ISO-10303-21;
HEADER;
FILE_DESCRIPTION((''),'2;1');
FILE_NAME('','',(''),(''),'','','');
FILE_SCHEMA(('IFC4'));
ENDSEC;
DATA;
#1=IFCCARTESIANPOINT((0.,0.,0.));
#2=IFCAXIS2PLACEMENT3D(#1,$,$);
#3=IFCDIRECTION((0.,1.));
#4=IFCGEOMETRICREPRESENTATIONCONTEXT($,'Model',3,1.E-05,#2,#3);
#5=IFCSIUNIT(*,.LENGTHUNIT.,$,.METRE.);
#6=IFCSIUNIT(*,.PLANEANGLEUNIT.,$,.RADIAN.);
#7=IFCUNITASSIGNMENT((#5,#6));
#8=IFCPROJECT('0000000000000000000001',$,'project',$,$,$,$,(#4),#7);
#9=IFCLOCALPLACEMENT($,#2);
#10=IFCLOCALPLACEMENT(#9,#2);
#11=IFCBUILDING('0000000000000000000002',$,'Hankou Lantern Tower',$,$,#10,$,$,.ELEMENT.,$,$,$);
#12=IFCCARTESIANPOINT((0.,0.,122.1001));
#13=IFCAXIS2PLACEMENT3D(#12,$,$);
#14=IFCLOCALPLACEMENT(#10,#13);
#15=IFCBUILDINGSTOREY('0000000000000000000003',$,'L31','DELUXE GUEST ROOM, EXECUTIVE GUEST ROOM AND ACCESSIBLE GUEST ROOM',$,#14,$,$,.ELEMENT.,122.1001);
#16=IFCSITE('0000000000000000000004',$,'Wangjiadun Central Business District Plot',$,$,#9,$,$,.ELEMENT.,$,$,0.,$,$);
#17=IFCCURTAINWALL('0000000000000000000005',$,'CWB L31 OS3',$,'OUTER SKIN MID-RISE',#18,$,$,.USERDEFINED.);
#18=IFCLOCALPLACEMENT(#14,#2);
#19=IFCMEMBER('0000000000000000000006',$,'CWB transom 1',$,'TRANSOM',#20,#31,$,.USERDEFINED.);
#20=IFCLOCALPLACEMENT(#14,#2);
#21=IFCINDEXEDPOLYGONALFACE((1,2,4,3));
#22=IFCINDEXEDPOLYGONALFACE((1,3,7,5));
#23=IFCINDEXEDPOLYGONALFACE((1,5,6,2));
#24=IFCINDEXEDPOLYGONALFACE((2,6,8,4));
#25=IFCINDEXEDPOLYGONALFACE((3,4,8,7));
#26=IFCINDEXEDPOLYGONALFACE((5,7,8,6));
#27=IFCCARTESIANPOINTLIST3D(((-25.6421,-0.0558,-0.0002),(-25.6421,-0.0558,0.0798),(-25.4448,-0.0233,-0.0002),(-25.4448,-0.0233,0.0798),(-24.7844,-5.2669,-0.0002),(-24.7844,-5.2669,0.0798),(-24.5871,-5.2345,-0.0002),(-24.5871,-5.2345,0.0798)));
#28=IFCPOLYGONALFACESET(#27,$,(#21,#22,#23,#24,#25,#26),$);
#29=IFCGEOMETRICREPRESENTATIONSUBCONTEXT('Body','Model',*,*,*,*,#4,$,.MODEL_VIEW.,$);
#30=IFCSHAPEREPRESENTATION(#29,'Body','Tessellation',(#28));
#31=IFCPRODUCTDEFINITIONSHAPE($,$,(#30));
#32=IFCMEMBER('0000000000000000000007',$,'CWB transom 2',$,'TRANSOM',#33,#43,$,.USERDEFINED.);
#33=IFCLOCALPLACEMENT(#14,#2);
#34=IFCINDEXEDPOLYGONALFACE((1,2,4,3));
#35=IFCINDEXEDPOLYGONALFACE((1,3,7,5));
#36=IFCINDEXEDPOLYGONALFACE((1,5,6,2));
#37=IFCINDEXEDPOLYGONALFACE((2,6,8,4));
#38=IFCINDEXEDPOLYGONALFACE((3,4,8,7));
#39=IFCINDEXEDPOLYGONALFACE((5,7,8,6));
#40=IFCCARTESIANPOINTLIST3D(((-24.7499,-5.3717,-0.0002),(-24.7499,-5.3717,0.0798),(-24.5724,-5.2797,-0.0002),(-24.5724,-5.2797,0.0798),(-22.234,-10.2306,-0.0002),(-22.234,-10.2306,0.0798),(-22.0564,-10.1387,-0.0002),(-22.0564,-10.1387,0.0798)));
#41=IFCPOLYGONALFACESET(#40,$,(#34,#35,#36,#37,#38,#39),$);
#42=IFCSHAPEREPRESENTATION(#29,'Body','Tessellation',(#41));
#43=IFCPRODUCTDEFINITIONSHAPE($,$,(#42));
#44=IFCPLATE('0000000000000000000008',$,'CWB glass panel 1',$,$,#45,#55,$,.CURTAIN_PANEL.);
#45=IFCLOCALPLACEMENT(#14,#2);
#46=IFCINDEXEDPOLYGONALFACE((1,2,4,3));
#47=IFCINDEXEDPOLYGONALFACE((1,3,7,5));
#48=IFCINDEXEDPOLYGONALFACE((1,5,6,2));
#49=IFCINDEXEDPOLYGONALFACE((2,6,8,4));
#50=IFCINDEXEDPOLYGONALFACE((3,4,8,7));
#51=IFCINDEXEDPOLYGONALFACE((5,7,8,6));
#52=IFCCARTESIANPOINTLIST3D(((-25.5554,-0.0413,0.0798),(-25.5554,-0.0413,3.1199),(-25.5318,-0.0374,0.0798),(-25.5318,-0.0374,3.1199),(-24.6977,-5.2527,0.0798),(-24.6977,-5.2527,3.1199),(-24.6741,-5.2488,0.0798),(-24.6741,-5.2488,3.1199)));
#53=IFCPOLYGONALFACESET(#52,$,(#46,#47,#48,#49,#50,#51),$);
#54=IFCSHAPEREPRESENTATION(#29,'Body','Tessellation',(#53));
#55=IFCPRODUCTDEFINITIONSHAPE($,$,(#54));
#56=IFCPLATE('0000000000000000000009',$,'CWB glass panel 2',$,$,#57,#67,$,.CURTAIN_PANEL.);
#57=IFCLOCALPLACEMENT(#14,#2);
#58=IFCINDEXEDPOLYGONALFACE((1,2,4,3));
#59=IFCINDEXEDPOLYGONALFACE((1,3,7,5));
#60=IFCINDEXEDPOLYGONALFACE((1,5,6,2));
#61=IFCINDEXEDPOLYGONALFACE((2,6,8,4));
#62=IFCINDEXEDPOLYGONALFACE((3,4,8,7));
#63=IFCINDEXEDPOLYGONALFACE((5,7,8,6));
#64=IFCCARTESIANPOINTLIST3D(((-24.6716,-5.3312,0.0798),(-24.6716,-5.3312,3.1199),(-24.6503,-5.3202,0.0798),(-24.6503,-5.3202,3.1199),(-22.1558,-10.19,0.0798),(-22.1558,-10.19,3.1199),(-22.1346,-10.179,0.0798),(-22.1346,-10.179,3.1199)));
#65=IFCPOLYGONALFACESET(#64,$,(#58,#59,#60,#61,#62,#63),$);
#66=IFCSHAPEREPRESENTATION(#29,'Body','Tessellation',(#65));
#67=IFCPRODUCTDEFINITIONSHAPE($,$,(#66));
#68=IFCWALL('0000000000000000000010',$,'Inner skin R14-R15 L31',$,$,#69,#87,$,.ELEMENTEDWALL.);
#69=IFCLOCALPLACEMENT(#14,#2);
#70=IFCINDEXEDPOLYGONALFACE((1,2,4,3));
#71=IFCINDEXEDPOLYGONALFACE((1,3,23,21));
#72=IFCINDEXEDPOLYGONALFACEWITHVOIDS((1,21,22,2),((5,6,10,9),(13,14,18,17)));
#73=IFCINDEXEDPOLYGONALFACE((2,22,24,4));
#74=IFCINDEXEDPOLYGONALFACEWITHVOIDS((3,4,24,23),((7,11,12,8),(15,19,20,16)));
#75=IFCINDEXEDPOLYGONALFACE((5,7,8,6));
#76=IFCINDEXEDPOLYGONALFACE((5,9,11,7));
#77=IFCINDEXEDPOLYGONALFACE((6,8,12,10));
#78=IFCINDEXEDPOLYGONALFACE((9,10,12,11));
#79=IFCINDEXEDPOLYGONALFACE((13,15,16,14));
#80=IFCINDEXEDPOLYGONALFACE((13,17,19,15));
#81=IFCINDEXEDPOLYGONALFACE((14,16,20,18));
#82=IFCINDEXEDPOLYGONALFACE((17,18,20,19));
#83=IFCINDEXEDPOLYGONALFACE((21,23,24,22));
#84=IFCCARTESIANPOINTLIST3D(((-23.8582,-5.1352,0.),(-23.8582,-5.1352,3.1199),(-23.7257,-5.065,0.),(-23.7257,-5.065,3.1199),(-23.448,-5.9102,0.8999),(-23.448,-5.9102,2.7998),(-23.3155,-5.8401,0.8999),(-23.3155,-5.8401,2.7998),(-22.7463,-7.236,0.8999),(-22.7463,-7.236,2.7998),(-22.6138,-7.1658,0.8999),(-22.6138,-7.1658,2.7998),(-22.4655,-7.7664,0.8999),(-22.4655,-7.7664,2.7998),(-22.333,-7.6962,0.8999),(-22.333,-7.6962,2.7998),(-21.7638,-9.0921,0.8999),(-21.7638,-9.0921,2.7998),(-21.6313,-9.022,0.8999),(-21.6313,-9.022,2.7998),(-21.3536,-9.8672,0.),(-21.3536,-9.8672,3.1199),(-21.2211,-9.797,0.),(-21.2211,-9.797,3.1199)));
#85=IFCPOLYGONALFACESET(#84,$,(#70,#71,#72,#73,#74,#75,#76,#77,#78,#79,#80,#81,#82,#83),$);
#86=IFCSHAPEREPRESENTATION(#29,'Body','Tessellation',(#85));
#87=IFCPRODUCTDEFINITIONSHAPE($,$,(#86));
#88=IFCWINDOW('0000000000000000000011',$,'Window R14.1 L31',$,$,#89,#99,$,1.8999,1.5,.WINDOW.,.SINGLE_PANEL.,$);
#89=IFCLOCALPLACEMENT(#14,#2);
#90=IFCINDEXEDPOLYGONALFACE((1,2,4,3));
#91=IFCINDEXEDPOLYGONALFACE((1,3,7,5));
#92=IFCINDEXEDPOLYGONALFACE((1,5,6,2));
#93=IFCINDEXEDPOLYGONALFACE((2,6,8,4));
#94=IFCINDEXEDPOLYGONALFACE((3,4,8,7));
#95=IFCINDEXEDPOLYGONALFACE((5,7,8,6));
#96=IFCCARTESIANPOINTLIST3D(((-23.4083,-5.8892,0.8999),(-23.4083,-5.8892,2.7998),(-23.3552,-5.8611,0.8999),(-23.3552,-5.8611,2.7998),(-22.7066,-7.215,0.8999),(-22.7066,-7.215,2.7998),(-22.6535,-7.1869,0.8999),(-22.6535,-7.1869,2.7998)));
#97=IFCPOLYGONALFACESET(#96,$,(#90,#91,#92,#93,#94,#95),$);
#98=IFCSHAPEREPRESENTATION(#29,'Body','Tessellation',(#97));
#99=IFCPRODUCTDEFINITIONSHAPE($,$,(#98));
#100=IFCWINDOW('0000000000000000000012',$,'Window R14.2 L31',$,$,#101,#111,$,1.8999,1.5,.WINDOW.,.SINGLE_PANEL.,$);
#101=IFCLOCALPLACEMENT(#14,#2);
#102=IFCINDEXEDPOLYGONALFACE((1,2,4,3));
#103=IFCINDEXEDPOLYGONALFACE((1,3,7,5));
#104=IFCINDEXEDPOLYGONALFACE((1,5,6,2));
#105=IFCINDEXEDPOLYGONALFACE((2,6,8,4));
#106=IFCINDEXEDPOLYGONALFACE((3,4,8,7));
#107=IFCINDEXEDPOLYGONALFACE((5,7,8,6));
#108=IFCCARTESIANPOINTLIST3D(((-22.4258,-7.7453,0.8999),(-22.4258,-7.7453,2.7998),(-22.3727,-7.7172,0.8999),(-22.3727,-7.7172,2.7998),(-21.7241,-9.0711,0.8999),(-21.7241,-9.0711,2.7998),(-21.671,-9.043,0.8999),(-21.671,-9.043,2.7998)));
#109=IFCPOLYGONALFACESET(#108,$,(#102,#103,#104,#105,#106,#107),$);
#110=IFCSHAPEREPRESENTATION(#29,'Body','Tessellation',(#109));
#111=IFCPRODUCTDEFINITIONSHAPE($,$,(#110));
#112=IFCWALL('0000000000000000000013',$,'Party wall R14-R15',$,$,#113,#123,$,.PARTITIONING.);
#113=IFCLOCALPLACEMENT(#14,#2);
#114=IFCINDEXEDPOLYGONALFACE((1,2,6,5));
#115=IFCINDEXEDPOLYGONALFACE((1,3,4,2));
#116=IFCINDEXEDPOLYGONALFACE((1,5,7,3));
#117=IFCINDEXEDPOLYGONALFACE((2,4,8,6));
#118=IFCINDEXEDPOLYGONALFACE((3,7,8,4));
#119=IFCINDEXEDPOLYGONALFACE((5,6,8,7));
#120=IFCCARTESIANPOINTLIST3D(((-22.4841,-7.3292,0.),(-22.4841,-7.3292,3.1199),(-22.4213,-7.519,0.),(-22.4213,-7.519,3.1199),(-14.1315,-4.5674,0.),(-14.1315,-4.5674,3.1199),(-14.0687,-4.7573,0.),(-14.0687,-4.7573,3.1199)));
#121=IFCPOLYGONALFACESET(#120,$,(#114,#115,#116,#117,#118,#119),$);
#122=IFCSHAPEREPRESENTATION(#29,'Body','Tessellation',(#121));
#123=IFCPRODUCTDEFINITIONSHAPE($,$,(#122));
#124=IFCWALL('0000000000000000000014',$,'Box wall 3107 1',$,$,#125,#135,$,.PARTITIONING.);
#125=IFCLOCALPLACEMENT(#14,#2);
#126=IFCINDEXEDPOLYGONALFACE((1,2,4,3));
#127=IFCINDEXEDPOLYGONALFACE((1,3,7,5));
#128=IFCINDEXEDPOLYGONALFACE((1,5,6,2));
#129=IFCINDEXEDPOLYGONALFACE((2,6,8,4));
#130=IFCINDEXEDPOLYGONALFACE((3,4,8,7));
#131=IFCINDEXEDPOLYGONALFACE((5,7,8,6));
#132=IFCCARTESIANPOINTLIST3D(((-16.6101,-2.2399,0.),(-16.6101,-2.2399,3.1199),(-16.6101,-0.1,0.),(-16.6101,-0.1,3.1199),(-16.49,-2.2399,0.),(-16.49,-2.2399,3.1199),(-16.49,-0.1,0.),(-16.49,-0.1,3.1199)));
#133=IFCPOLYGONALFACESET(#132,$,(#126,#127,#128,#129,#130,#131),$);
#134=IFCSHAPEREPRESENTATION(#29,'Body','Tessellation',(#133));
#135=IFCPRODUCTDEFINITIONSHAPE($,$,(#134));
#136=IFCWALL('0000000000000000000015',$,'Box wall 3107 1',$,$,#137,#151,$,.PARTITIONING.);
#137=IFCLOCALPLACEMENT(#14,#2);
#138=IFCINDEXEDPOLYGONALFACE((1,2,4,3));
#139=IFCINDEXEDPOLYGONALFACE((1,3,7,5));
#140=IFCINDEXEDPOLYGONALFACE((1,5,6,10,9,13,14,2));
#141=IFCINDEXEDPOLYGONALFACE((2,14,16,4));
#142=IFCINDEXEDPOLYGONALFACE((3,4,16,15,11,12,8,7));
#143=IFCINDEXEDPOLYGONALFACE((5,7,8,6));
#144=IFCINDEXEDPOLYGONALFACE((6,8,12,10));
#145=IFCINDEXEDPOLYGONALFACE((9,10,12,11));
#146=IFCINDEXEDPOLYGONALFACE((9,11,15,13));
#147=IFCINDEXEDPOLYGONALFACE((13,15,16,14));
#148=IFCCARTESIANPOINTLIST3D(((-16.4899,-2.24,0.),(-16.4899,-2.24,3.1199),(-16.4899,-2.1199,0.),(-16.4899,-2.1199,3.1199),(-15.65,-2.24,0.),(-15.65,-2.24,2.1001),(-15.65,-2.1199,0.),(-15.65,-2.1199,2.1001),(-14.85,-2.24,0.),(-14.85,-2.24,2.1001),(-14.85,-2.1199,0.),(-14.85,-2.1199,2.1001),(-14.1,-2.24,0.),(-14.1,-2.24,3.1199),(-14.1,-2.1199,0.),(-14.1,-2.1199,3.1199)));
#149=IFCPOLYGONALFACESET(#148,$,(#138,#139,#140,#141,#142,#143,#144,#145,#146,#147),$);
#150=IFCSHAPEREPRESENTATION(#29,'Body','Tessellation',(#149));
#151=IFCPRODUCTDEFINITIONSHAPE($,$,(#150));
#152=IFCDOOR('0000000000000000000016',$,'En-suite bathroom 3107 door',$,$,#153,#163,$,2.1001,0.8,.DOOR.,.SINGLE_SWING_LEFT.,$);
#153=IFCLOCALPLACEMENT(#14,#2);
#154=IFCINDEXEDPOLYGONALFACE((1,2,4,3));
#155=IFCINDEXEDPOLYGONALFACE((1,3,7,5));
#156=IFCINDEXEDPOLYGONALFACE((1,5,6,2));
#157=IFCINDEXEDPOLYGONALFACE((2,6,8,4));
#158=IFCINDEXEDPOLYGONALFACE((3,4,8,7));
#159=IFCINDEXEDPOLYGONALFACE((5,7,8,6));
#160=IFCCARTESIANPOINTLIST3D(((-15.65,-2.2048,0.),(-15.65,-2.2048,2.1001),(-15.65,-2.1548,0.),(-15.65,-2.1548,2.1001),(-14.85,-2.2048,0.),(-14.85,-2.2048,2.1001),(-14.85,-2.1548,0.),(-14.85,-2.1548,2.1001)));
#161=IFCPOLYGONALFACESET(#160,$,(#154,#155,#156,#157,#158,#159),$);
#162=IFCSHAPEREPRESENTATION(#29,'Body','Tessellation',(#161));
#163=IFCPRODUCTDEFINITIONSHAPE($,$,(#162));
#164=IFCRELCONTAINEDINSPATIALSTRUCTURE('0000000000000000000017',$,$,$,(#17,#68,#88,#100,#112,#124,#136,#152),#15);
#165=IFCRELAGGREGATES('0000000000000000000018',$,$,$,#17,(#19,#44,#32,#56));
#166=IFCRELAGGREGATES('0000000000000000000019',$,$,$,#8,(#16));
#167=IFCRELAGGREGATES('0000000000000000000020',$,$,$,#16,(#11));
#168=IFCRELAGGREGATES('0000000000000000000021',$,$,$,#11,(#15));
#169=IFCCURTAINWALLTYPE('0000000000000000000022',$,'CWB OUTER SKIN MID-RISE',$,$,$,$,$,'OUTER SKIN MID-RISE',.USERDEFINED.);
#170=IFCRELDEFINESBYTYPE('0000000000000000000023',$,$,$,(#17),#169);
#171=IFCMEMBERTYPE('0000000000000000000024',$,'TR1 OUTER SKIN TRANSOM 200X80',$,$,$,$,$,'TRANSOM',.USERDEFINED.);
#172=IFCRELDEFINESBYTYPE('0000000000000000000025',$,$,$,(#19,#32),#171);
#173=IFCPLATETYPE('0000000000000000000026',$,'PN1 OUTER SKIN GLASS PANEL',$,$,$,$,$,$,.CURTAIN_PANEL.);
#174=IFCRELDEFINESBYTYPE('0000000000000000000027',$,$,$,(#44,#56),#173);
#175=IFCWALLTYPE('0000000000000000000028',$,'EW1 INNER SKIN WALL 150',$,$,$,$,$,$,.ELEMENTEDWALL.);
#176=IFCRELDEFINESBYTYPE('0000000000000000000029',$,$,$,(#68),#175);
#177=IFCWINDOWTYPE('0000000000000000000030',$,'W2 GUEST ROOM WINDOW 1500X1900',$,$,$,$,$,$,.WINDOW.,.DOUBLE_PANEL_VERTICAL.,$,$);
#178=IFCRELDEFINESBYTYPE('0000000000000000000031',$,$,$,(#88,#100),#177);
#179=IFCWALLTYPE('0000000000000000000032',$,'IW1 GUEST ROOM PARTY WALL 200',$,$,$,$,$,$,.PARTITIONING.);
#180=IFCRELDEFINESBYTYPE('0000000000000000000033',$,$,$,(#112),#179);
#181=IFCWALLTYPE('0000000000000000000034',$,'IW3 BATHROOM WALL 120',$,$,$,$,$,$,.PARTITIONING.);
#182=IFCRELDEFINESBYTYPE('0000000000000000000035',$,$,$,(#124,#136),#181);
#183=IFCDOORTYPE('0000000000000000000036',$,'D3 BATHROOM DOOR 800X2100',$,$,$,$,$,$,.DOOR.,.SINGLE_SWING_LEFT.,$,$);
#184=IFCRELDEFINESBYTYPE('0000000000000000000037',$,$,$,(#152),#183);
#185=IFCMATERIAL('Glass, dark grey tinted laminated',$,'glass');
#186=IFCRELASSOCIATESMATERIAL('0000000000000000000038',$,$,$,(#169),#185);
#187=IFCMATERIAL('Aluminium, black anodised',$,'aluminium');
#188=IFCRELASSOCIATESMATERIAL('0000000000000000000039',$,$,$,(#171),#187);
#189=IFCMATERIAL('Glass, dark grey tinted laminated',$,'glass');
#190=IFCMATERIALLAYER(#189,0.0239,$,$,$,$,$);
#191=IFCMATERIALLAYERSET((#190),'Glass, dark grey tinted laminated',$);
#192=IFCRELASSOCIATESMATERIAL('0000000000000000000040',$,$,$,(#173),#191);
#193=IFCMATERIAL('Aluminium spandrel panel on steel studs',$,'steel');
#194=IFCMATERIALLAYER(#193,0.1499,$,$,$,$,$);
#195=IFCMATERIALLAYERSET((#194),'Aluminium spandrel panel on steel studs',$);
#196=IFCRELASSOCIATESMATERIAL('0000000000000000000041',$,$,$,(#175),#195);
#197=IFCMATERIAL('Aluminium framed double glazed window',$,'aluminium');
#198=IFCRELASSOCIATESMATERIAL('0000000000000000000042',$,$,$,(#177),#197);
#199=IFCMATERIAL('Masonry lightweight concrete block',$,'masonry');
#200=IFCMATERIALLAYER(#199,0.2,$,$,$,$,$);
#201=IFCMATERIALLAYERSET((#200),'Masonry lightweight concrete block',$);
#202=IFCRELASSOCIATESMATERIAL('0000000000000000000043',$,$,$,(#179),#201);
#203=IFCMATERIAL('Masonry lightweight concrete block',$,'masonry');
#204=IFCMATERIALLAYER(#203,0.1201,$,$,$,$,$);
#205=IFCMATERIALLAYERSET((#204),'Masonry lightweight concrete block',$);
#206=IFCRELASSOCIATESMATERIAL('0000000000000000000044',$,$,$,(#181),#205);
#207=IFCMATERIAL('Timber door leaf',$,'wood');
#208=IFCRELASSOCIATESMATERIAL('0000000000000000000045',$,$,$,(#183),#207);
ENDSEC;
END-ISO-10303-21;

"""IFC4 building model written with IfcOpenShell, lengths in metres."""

from ifc_helpers import new_model, si_unit, direction, frame, frame_2d, origin, origin_2d, place, context, subcontext, project, spatial, rectangle, extrude, material, layer, layer_set, material_profile, profile_set, type_object, element, fill, aggregate, save


model = new_model("IFC4")

# Units and contexts
model_context = context("Model", 3, precision=1e-05, world=origin(), true_north=direction((0.0, 1.0)))
body_context = subcontext(model_context, "Body", "Model", "MODEL_VIEW")
ifc_project = project(units=[si_unit("LENGTHUNIT", "METRE"), si_unit("PLANEANGLEUNIT", "RADIAN")], contexts=[model_context])

# Site, building, storey
site_placement = place(None, origin())
site = spatial("IfcSite", under=ifc_project, at=site_placement, Name="Wangjiadun Central Business District Plot", CompositionType="ELEMENT", RefElevation=0.0)
building_placement = place(site_placement, origin())
building = spatial("IfcBuilding", under=site, at=building_placement, Name="Hankou Lantern Tower", CompositionType="ELEMENT")
storey_placement = place(building_placement, frame((0.0, 0.0, 122.1001)))
storey = spatial("IfcBuildingStorey", under=building, at=storey_placement, Name="L31", Description="DELUXE GUEST ROOM, EXECUTIVE GUEST ROOM AND ACCESSIBLE GUEST ROOM", CompositionType="ELEMENT", Elevation=122.1001)

# Curtain wall
ifc_material_1 = material(Name="Glass, dark grey tinted laminated", Category="glass")
curtain_wall_type = type_object("IfcCurtainWallType", Name="CWB OUTER SKIN MID-RISE", ElementType="OUTER SKIN MID-RISE", PredefinedType="USERDEFINED", material=ifc_material_1)
curtain_wall_placement = place(storey_placement, origin())
curtain_wall = element("IfcCurtainWall", 1, at=curtain_wall_placement, inside=storey, type_object=curtain_wall_type, Name="CWB L31 OS3", ObjectType="OUTER SKIN MID-RISE", PredefinedType="USERDEFINED")

# Members
ifc_material_2 = material(Name="Aluminium, black anodised", Category="aluminium")
ifc_material_profile_1 = material_profile(ifc_material_2, rectangle(XDim=0.2, YDim=0.0801, at=origin_2d()), Name="TR1 200X80")
ifc_profile_set_1 = profile_set([ifc_material_profile_1], Name="Aluminium, black anodised")
member_type_1 = type_object("IfcMemberType", Name="TR1 OUTER SKIN TRANSOM 200X80", ElementType="TRANSOM", PredefinedType="USERDEFINED", material=ifc_profile_set_1)
member_1_placement = place(storey_placement, frame((-25.5435, -0.0396, 0.0398), z_axis=(0.162397, -0.986725, 0.0), x_axis=(0.986725, 0.162397, 0.0)))
member_1 = element("IfcMember", 2, at=member_1_placement, type_object=member_type_1, Name="CWB transom 1", ObjectType="TRANSOM", PredefinedType="USERDEFINED", context=body_context, shape_type="SweptSolid", body=[
    extrude(rectangle(XDim=0.2, YDim=0.0801, at=origin_2d()), origin(), (0.0, 0.0, 1.0), 5.2812),
])
member_2_placement = place(storey_placement, frame((-24.6611, -5.3257, 0.0398), z_axis=(0.459805, -0.88802, 0.0), x_axis=(0.88802, 0.459805, 0.0)))
member_2 = element("IfcMember", 3, at=member_2_placement, type_object=member_type_1, Name="CWB transom 2", ObjectType="TRANSOM", PredefinedType="USERDEFINED", context=body_context, shape_type="SweptSolid", body=[
    extrude(rectangle(XDim=0.2, YDim=0.0801, at=origin_2d()), origin(), (0.0, 0.0, 1.0), 5.4717),
])

# Plates
ifc_material_3 = material(Name="Glass, dark grey tinted laminated", Category="glass")
ifc_layer_1 = layer(ifc_material_3, 0.0239)
ifc_layer_set_1 = layer_set([ifc_layer_1], Name="Glass, dark grey tinted laminated")
plate_type = type_object("IfcPlateType", Name="PN1 OUTER SKIN GLASS PANEL", PredefinedType="CURTAIN_PANEL", material=ifc_layer_set_1)
plate_1_placement = place(storey_placement, frame((-25.1147, -2.645, 0.0798), z_axis=(0.0, 0.0, 1.0), x_axis=(0.162382, -0.986728, 0.0)))
plate_1 = element("IfcPlate", 4, at=plate_1_placement, type_object=plate_type, Name="CWB glass panel 1", PredefinedType="CURTAIN_PANEL", context=body_context, shape_type="SweptSolid", body=[
    extrude(rectangle(XDim=5.2815, YDim=0.0239, at=origin_2d()), origin(), (0.0, 0.0, 1.0), 3.04),
])
plate_2_placement = place(storey_placement, frame((-23.4031, -7.7551, 0.0798), z_axis=(0.0, 0.0, 1.0), x_axis=(0.459791, -0.888027, 0.0)))
plate_2 = element("IfcPlate", 5, at=plate_2_placement, type_object=plate_type, Name="CWB glass panel 2", PredefinedType="CURTAIN_PANEL", context=body_context, shape_type="SweptSolid", body=[
    extrude(rectangle(XDim=5.4714, YDim=0.0239, at=origin_2d()), origin(), (0.0, 0.0, 1.0), 3.04),
])
aggregate(curtain_wall, [member_1, plate_1, member_2, plate_2])

# Wall, openings, windows
ifc_material_4 = material(Name="Aluminium spandrel panel on steel studs", Category="steel")
ifc_layer_2 = layer(ifc_material_4, 0.1499)
ifc_layer_set_2 = layer_set([ifc_layer_2], Name="Aluminium spandrel panel on steel studs")
wall_type_1 = type_object("IfcWallType", Name="EW1 INNER SKIN WALL 150", PredefinedType="ELEMENTEDWALL", material=ifc_layer_set_2)
wall_1_placement = place(storey_placement, frame((-23.792, -5.1001, 0.0), z_axis=(0.0, 0.0, 1.0), x_axis=(0.467814, -0.883827, 0.0)))
wall_1 = element("IfcWall", 6, at=wall_1_placement, inside=storey, type_object=wall_type_1, Name="Inner skin R14-R15 L31", PredefinedType="ELEMENTEDWALL", context=body_context, shape_type="SweptSolid", body=[
    extrude(rectangle(XDim=5.354, YDim=0.1499, at=frame_2d((2.677, 0.0))), origin(), (0.0, 0.0, 1.0), 3.1199),
])
opening_1_placement = place(wall_1_placement, frame((0.877, 0.0, 0.8999)))
opening_1 = element("IfcOpeningElement", 7, at=opening_1_placement, cuts=wall_1, PredefinedType="OPENING", context=body_context, shape_type="SweptSolid", body=[
    extrude(rectangle(XDim=1.5, YDim=1.8999, at=frame_2d((0.75, 0.95))), frame((0.0, 0.085, 0.0), z_axis=(0.0, -1.0, 0.0), x_axis=(1.0, 0.0, 0.0)), (0.0, 0.0, 1.0), 0.1699),
])
opening_2_placement = place(wall_1_placement, frame((2.9771, 0.0, 0.8999)))
opening_2 = element("IfcOpeningElement", 8, at=opening_2_placement, cuts=wall_1, PredefinedType="OPENING", context=body_context, shape_type="SweptSolid", body=[
    extrude(rectangle(XDim=1.5, YDim=1.8999, at=frame_2d((0.75, 0.95))), frame((0.0, 0.085, 0.0), z_axis=(0.0, -1.0, 0.0), x_axis=(1.0, 0.0, 0.0)), (0.0, 0.0, 1.0), 0.1699),
])
ifc_material_5 = material(Name="Aluminium framed double glazed window", Category="aluminium")
window_type = type_object("IfcWindowType", Name="W2 GUEST ROOM WINDOW 1500X1900", PartitioningType="DOUBLE_PANEL_VERTICAL", PredefinedType="WINDOW", material=ifc_material_5)
window_1_placement = place(opening_1_placement, origin())
window_1 = element("IfcWindow", 9, at=window_1_placement, inside=storey, type_object=window_type, Name="Window R14.1 L31", OverallHeight=1.8999, OverallWidth=1.5, PartitioningType="SINGLE_PANEL", PredefinedType="WINDOW", context=body_context, shape_type="SweptSolid", body=[
    extrude(rectangle(XDim=1.5, YDim=1.8999, at=frame_2d((0.75, 0.95))), frame((0.0, 0.03, 0.0), z_axis=(0.0, -1.0, 0.0), x_axis=(1.0, 0.0, 0.0)), (0.0, 0.0, 1.0), 0.0601),
])
fill(opening_1, window_1)
window_2_placement = place(opening_2_placement, origin())
window_2 = element("IfcWindow", 10, at=window_2_placement, inside=storey, type_object=window_type, Name="Window R14.2 L31", OverallHeight=1.8999, OverallWidth=1.5, PartitioningType="SINGLE_PANEL", PredefinedType="WINDOW", context=body_context, shape_type="SweptSolid", body=[
    extrude(rectangle(XDim=1.5, YDim=1.8999, at=frame_2d((0.75, 0.95))), frame((0.0, 0.03, 0.0), z_axis=(0.0, -1.0, 0.0), x_axis=(1.0, 0.0, 0.0)), (0.0, 0.0, 1.0), 0.0601),
])
fill(opening_2, window_2)

# Walls
ifc_material_6 = material(Name="Masonry lightweight concrete block", Category="masonry")
ifc_layer_3 = layer(ifc_material_6, 0.2)
ifc_layer_set_3 = layer_set([ifc_layer_3], Name="Masonry lightweight concrete block")
wall_type_2 = type_object("IfcWallType", Name="IW1 GUEST ROOM PARTY WALL 200", PredefinedType="PARTITIONING", material=ifc_layer_set_3)
wall_2_placement = place(storey_placement, frame((-14.1001, -4.6624, 0.0), z_axis=(0.0, 0.0, 1.0), x_axis=(-0.949446, -0.313929, 0.0)))
element("IfcWall", 11, at=wall_2_placement, inside=storey, type_object=wall_type_2, Name="Party wall R14-R15", PredefinedType="PARTITIONING", context=body_context, shape_type="SweptSolid", body=[
    extrude(rectangle(XDim=8.7974, YDim=0.2, at=frame_2d((4.3987, 0.0))), origin(), (0.0, 0.0, 1.0), 3.1199),
])
ifc_material_7 = material(Name="Masonry lightweight concrete block", Category="masonry")
ifc_layer_4 = layer(ifc_material_7, 0.1201)
ifc_layer_set_4 = layer_set([ifc_layer_4], Name="Masonry lightweight concrete block")
wall_type_3 = type_object("IfcWallType", Name="IW3 BATHROOM WALL 120", PredefinedType="PARTITIONING", material=ifc_layer_set_4)
wall_3_placement = place(storey_placement, frame((-16.55, -0.1001, 0.0), z_axis=(0.0, 0.0, 1.0), x_axis=(0.0, -1.0, 0.0)))
element("IfcWall", 12, at=wall_3_placement, inside=storey, type_object=wall_type_3, Name="Box wall 3107 1", PredefinedType="PARTITIONING", context=body_context, shape_type="SweptSolid", body=[
    extrude(rectangle(XDim=2.1399, YDim=0.1201, at=frame_2d((1.0698, 0.0))), origin(), (0.0, 0.0, 1.0), 3.1199),
])

# Wall, opening, door
wall_4_placement = place(storey_placement, frame((-14.1001, -2.1799, 0.0), z_axis=(0.0, 0.0, 1.0), x_axis=(-1.0, 0.0, 0.0)))
wall_4 = element("IfcWall", 13, at=wall_4_placement, inside=storey, type_object=wall_type_3, Name="Box wall 3107 1", PredefinedType="PARTITIONING", context=body_context, shape_type="SweptSolid", body=[
    extrude(rectangle(XDim=2.3899, YDim=0.1201, at=frame_2d((1.1948, 0.0))), origin(), (0.0, 0.0, 1.0), 3.1199),
])
opening_3_placement = place(wall_4_placement, frame((0.75, 0.0, 0.0)))
opening_3 = element("IfcOpeningElement", 14, at=opening_3_placement, cuts=wall_4, PredefinedType="OPENING", context=body_context, shape_type="SweptSolid", body=[
    extrude(rectangle(XDim=0.8, YDim=2.1001, at=frame_2d((0.3999, 1.05))), frame((0.0, 0.0701, 0.0), z_axis=(0.0, -1.0, 0.0), x_axis=(1.0, 0.0, 0.0)), (0.0, 0.0, 1.0), 0.1401),
])
ifc_material_8 = material(Name="Timber door leaf", Category="wood")
door_type = type_object("IfcDoorType", Name="D3 BATHROOM DOOR 800X2100", OperationType="SINGLE_SWING_LEFT", PredefinedType="DOOR", material=ifc_material_8)
door_1_placement = place(opening_3_placement, origin())
door_1 = element("IfcDoor", 15, at=door_1_placement, inside=storey, type_object=door_type, Name="En-suite bathroom 3107 door", OperationType="SINGLE_SWING_LEFT", OverallHeight=2.1001, OverallWidth=0.8, PredefinedType="DOOR", context=body_context, shape_type="SweptSolid", body=[
    extrude(rectangle(XDim=0.8, YDim=2.1001, at=frame_2d((0.3999, 1.05))), frame((0.0, 0.0249, 0.0), z_axis=(0.0, -1.0, 0.0), x_axis=(1.0, 0.0, 0.0)), (0.0, 0.0, 1.0), 0.05),
])
fill(opening_3, door_1)

save(model, "model.ifc")
